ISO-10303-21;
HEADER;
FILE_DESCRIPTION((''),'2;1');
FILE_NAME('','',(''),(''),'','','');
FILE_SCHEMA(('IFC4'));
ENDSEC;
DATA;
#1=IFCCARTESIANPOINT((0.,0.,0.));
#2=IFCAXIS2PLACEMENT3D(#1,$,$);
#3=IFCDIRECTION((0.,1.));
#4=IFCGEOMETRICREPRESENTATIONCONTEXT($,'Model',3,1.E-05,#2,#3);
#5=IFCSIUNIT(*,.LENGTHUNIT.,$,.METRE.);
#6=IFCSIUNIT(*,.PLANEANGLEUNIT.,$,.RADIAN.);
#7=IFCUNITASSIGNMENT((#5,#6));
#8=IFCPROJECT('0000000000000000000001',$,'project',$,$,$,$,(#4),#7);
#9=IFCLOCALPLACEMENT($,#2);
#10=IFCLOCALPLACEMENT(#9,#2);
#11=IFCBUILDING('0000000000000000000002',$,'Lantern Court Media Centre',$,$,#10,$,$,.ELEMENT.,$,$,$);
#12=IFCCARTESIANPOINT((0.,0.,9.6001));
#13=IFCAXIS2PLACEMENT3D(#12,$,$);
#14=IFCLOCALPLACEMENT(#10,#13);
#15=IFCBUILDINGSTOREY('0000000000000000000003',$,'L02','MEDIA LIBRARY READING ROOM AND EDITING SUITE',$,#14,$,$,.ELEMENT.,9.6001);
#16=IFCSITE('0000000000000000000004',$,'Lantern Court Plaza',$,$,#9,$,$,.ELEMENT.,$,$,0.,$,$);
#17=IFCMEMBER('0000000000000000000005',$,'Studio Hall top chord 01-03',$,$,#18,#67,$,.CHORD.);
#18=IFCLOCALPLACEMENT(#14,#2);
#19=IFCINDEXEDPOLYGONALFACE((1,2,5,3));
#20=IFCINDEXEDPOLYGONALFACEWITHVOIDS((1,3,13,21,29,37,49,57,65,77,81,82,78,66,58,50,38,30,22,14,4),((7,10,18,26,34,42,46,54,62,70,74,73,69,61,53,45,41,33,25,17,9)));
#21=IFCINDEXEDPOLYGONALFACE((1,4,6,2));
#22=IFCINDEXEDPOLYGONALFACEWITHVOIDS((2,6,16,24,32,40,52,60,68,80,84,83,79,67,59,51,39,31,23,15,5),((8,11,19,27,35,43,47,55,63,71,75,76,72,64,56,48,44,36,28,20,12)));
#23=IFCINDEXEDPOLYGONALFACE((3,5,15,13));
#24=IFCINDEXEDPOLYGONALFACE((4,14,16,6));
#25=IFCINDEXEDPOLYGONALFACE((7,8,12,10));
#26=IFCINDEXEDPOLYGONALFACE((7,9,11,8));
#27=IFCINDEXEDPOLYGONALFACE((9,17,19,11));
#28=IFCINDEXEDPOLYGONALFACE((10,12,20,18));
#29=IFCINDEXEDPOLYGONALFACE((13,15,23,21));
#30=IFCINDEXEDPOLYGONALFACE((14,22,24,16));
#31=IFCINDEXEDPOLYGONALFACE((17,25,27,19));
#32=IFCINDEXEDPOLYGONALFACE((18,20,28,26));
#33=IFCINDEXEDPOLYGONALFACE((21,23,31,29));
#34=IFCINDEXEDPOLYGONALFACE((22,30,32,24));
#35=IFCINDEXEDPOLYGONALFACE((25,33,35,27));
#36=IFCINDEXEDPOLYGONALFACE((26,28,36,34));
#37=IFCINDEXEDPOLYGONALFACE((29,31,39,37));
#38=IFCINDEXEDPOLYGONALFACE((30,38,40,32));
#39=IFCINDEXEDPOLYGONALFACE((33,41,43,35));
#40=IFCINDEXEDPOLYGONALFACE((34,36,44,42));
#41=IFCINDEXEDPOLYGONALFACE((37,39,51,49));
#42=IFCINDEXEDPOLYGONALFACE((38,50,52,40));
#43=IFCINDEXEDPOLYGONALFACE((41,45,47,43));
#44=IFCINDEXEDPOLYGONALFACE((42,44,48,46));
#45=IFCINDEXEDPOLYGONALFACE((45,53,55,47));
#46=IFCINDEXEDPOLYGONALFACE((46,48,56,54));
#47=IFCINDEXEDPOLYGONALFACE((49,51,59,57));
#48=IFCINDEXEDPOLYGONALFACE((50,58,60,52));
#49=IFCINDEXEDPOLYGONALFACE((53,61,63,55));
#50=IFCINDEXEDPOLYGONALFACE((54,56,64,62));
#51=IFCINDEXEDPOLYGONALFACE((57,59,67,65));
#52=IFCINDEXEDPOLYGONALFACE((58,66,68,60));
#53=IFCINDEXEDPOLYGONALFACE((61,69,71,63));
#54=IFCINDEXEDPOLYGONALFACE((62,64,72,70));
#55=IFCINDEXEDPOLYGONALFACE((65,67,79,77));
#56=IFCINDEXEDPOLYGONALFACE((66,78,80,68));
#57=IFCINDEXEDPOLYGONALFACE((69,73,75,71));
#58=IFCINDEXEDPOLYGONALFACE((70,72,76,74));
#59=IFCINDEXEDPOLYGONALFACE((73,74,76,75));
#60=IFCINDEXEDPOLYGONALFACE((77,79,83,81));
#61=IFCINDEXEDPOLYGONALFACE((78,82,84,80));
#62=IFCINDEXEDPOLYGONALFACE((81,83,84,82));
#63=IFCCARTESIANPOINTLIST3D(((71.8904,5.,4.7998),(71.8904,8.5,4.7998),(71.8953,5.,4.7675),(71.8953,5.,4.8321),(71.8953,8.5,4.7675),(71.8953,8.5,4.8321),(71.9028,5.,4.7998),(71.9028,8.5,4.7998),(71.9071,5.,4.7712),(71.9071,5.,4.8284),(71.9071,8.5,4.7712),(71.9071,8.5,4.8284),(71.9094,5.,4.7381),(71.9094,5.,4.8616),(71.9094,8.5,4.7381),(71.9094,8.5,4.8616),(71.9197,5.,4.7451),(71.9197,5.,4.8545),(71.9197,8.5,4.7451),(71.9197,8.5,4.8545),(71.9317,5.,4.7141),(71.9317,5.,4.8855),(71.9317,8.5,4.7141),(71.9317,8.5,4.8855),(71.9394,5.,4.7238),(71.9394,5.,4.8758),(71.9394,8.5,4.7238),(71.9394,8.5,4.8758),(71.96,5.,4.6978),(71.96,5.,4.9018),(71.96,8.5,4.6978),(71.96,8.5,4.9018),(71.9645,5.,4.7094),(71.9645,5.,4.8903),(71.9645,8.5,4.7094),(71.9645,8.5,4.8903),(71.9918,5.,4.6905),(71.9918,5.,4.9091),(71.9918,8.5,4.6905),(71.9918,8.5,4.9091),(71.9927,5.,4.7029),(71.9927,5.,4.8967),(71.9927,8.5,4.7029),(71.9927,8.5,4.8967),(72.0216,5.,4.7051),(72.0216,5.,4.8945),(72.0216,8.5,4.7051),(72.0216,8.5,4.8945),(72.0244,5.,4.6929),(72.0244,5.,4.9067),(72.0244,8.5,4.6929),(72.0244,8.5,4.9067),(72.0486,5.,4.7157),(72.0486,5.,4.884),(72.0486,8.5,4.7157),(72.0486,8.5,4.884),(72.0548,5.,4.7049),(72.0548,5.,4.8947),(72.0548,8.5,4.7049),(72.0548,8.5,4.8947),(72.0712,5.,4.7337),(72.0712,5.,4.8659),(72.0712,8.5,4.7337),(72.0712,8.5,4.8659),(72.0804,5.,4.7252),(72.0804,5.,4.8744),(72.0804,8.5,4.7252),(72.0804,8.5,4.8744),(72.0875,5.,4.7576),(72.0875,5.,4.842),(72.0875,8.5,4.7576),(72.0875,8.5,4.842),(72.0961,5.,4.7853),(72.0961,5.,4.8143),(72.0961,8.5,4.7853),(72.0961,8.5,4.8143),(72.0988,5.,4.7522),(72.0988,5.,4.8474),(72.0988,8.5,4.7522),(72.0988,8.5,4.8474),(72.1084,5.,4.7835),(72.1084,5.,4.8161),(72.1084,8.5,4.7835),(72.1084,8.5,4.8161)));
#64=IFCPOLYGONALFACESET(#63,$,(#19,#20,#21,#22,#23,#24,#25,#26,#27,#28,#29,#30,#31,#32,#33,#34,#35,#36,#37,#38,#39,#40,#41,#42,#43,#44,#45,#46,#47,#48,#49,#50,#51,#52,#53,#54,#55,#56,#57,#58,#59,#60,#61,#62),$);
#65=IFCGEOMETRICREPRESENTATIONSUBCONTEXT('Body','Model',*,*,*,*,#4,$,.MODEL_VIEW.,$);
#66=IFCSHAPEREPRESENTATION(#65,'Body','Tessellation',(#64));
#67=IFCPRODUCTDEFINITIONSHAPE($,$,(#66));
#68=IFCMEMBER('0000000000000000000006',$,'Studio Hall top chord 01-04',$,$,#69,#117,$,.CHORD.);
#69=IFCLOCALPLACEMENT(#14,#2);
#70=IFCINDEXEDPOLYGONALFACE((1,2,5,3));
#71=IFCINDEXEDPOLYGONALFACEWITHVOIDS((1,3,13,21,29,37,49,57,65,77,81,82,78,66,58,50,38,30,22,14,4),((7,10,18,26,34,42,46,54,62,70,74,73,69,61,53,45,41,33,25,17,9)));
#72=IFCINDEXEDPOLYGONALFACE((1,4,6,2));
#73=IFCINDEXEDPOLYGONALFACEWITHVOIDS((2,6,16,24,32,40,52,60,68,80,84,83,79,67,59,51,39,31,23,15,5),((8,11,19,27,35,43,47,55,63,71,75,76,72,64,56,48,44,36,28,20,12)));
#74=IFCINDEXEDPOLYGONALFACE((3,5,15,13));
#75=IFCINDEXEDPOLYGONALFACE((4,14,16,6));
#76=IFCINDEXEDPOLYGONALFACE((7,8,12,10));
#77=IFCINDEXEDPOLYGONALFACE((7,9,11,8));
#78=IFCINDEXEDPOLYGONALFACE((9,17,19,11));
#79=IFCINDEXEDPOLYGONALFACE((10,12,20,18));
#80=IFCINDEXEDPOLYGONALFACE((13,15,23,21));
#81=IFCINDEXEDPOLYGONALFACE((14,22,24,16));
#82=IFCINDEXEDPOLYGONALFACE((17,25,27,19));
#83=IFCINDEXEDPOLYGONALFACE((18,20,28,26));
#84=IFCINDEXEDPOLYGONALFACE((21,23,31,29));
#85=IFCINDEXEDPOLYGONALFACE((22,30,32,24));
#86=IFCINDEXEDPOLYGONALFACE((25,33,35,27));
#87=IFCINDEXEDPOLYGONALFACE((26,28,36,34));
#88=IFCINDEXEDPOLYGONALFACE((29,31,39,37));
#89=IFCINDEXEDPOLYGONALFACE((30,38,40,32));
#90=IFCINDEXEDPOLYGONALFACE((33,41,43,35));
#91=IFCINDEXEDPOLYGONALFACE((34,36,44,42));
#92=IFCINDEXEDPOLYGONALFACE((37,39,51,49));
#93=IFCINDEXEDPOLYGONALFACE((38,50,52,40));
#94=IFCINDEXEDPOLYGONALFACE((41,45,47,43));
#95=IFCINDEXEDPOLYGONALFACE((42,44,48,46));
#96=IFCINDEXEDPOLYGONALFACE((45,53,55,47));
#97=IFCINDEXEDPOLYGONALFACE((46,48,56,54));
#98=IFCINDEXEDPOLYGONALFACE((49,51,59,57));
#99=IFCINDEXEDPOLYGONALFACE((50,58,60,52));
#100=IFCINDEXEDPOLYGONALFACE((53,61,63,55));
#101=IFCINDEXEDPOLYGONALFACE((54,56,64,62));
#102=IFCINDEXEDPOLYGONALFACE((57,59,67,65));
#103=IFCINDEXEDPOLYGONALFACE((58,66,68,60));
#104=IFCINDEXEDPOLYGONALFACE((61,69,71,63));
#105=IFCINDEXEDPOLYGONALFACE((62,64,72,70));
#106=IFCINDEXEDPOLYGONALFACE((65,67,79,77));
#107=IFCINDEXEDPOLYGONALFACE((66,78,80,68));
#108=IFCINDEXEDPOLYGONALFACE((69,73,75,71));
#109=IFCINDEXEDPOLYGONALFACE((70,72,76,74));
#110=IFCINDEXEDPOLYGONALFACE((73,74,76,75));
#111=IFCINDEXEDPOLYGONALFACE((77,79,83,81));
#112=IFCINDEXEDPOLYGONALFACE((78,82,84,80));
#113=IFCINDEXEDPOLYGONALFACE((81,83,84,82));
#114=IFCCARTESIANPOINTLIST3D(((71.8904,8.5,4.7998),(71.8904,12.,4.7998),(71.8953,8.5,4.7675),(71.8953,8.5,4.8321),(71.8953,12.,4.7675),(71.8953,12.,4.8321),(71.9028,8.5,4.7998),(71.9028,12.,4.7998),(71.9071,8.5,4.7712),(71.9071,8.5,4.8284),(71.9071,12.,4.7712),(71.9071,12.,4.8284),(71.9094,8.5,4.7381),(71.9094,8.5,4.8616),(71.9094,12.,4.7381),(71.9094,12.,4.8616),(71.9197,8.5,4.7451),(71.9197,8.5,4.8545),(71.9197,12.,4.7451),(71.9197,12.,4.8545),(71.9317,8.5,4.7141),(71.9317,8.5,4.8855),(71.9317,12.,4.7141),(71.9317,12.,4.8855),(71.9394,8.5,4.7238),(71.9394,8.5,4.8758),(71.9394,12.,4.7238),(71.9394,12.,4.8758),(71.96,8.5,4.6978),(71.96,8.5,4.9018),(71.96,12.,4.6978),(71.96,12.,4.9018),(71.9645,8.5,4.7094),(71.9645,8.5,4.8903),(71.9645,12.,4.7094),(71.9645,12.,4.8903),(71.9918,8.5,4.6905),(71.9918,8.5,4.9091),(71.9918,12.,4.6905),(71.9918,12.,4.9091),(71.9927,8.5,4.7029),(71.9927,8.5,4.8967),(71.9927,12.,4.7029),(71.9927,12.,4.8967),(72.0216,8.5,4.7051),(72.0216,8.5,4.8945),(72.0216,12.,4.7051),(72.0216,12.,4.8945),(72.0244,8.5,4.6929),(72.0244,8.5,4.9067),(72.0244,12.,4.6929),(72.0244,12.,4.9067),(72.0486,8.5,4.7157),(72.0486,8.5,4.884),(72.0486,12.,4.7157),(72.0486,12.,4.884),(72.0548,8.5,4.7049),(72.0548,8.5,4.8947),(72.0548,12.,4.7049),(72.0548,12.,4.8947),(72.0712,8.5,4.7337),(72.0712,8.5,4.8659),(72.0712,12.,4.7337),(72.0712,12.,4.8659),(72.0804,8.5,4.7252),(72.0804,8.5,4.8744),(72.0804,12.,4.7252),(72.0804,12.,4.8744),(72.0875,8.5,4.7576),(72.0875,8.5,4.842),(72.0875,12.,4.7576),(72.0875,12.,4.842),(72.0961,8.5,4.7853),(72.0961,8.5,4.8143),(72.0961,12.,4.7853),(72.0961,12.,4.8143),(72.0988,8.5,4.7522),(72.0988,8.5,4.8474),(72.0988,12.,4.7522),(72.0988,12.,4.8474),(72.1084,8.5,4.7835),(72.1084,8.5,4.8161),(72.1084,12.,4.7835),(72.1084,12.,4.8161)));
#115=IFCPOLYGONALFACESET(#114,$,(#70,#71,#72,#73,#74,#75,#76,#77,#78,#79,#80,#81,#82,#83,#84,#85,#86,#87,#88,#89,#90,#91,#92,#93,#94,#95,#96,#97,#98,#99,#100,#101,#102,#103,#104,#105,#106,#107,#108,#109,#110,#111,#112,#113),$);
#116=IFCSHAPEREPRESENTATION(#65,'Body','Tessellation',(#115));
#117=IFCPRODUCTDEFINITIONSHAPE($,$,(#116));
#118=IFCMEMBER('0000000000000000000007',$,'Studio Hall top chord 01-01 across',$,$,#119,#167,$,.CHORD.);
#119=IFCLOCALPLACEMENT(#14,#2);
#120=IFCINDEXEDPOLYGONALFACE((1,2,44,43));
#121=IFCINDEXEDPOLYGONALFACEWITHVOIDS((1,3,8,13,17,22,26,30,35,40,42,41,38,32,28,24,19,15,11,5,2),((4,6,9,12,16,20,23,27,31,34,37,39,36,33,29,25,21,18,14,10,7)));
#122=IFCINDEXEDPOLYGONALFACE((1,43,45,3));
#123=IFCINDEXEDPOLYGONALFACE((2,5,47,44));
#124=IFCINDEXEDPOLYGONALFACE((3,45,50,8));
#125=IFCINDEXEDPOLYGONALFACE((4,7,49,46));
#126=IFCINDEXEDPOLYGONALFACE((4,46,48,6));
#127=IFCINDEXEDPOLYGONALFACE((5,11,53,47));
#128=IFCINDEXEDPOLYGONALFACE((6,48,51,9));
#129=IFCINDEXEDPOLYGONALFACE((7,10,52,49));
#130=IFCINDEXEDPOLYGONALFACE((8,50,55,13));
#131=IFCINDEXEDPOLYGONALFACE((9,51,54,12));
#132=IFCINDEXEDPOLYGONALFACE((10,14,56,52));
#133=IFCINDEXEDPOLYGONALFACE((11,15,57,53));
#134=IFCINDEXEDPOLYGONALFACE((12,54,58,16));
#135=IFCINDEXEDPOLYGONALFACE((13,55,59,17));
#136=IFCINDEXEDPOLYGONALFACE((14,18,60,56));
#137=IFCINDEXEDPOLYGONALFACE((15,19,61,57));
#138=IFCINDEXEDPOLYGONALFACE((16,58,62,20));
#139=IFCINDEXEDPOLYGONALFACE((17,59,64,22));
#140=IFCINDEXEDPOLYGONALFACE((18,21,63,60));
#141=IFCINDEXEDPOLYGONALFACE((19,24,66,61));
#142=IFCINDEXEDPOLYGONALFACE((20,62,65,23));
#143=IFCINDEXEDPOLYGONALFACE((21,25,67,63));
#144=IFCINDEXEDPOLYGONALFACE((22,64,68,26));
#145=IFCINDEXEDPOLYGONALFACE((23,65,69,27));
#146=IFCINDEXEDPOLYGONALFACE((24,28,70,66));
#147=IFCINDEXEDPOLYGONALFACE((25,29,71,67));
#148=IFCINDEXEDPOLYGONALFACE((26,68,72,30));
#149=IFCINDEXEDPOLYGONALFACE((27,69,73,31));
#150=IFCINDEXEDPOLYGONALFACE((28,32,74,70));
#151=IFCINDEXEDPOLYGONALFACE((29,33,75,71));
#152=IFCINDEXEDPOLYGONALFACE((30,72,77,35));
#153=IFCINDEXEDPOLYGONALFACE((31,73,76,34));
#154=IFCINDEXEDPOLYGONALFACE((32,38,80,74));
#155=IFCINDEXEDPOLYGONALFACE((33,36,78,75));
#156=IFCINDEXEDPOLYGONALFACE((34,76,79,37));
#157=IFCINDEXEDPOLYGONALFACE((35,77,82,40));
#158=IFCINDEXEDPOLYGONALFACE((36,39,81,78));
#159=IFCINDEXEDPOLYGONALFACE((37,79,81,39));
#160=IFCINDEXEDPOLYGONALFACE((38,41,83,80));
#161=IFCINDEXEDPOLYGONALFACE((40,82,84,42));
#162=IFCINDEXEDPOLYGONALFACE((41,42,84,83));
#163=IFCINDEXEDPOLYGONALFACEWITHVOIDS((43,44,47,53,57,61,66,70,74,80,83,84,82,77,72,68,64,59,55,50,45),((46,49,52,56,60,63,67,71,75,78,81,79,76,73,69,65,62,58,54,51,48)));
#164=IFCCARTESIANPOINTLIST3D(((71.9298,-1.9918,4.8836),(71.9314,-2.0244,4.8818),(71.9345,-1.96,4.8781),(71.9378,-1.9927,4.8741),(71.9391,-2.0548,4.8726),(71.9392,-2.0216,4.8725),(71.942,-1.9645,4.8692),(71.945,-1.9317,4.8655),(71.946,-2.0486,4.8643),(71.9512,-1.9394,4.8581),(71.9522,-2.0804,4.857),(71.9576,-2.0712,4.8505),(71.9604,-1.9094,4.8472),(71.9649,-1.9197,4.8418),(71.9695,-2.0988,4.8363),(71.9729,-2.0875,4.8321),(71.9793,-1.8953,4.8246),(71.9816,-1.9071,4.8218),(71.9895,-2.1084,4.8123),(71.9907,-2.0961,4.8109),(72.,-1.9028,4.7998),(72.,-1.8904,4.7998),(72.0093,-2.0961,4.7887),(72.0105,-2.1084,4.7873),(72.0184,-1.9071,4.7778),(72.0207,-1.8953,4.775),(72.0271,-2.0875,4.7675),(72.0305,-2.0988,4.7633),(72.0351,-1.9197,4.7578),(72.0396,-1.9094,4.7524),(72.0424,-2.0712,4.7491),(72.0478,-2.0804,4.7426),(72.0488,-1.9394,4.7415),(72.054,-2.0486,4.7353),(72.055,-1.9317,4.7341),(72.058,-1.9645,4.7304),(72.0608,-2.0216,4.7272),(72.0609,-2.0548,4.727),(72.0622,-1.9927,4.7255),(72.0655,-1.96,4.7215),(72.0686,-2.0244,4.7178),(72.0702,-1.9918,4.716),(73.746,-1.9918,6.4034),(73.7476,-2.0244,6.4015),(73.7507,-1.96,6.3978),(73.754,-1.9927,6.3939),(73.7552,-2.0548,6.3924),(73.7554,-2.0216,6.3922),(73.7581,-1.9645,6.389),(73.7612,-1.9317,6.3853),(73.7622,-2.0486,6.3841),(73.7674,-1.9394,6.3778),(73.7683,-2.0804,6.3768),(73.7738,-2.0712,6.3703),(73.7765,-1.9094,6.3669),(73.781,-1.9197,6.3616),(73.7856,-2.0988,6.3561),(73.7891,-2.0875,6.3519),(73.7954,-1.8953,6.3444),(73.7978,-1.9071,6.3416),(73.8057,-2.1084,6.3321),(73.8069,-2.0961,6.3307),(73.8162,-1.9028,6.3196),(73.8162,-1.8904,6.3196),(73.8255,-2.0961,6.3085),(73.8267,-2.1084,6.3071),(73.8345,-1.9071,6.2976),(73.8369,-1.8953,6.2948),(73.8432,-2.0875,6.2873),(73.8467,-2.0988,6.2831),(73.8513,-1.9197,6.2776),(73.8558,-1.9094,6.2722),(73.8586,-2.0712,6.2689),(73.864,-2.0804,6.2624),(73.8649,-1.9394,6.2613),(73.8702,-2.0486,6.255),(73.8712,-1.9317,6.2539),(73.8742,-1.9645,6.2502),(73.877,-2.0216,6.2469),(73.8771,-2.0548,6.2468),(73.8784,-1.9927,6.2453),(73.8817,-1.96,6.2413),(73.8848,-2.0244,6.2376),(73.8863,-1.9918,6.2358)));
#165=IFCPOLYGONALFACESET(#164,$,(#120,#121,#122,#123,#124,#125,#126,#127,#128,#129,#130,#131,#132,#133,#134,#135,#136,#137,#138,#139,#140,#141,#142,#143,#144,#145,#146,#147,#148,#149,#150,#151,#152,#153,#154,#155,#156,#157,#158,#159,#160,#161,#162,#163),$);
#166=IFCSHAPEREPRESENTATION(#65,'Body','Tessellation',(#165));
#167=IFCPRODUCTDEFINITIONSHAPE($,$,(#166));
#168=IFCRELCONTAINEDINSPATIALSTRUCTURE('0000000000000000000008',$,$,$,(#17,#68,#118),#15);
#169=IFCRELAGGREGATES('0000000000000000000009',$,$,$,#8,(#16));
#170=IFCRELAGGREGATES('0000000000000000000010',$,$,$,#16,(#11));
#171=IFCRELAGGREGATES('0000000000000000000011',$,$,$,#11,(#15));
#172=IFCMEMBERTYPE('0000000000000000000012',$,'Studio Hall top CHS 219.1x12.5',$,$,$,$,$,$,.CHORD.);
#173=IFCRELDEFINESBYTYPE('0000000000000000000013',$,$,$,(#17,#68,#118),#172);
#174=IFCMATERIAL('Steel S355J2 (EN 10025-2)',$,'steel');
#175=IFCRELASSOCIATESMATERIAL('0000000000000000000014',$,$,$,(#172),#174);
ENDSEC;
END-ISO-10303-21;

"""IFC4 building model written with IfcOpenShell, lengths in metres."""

from ifc_helpers import new_model, si_unit, direction, frame, origin, origin_2d, place, context, subcontext, project, spatial, hollow_circle, extrude, material, material_profile, profile_set, type_object, element, save


model = new_model("IFC4")

# Units and contexts
model_context = context("Model", 3, precision=1e-05, world=origin(), true_north=direction((0.0, 1.0)))
body_context = subcontext(model_context, "Body", "Model", "MODEL_VIEW")
ifc_project = project(units=[si_unit("LENGTHUNIT", "METRE"), si_unit("PLANEANGLEUNIT", "RADIAN")], contexts=[model_context])

# Site, building, storey
site_placement = place(None, origin())
site = spatial("IfcSite", under=ifc_project, at=site_placement, Name="Lantern Court Plaza", CompositionType="ELEMENT", RefElevation=0.0)
building_placement = place(site_placement, origin())
building = spatial("IfcBuilding", under=site, at=building_placement, Name="Lantern Court Media Centre", CompositionType="ELEMENT")
storey_placement = place(building_placement, frame((0.0, 0.0, 9.6001)))
storey = spatial("IfcBuildingStorey", under=building, at=storey_placement, Name="L02", Description="MEDIA LIBRARY READING ROOM AND EDITING SUITE", CompositionType="ELEMENT", Elevation=9.6001)

# Members
ifc_material_1 = material(Name="Steel S355J2 (EN 10025-2)", Category="steel")
ifc_material_profile_1 = material_profile(ifc_material_1, hollow_circle(Radius=0.1096, WallThickness=0.0125, at=origin_2d()), Name="Studio Hall top CHS 219.1x12.5")
ifc_profile_set_1 = profile_set([ifc_material_profile_1], Name="Steel S355J2 (EN 10025-2)")
member_type = type_object("IfcMemberType", Name="Studio Hall top CHS 219.1x12.5", PredefinedType="CHORD", material=ifc_profile_set_1)
for number, where, z_axis, x_axis, name in (
    (1, (72.0, 5.0, 4.7998), (0.0, 1.0, 0.0), (-1.0, 0.0, 0.0), "Studio Hall top chord 01-03"),
    (2, (72.0, 8.5, 4.7998), (0.0, 1.0, 0.0), (-1.0, 0.0, 0.0), "Studio Hall top chord 01-04"),
):
    element("IfcMember", number, at=place(storey_placement, frame(where, z_axis=z_axis, x_axis=x_axis)), inside=storey, type_object=member_type, Name=name, PredefinedType="CHORD", context=body_context, shape_type="SweptSolid", body=[
        extrude(hollow_circle(Radius=0.1096, WallThickness=0.0125, at=origin_2d()), origin(), (0.0, 0.0, 1.0), 3.5),
    ])
for number, where, z_axis, x_axis, name in (
    (3, (72.0, -2.0, 4.7998), (0.76691, 0.0, 0.641755), (0.0, 1.0, 0.0), "Studio Hall top chord 01-01 across"),
):
    element("IfcMember", number, at=place(storey_placement, frame(where, z_axis=z_axis, x_axis=x_axis)), inside=storey, type_object=member_type, Name=name, PredefinedType="CHORD", context=body_context, shape_type="SweptSolid", body=[
        extrude(hollow_circle(Radius=0.1096, WallThickness=0.0125, at=origin_2d()), origin(), (0.0, 0.0, 1.0), 2.3682),
    ])

save(model, "model.ifc")
